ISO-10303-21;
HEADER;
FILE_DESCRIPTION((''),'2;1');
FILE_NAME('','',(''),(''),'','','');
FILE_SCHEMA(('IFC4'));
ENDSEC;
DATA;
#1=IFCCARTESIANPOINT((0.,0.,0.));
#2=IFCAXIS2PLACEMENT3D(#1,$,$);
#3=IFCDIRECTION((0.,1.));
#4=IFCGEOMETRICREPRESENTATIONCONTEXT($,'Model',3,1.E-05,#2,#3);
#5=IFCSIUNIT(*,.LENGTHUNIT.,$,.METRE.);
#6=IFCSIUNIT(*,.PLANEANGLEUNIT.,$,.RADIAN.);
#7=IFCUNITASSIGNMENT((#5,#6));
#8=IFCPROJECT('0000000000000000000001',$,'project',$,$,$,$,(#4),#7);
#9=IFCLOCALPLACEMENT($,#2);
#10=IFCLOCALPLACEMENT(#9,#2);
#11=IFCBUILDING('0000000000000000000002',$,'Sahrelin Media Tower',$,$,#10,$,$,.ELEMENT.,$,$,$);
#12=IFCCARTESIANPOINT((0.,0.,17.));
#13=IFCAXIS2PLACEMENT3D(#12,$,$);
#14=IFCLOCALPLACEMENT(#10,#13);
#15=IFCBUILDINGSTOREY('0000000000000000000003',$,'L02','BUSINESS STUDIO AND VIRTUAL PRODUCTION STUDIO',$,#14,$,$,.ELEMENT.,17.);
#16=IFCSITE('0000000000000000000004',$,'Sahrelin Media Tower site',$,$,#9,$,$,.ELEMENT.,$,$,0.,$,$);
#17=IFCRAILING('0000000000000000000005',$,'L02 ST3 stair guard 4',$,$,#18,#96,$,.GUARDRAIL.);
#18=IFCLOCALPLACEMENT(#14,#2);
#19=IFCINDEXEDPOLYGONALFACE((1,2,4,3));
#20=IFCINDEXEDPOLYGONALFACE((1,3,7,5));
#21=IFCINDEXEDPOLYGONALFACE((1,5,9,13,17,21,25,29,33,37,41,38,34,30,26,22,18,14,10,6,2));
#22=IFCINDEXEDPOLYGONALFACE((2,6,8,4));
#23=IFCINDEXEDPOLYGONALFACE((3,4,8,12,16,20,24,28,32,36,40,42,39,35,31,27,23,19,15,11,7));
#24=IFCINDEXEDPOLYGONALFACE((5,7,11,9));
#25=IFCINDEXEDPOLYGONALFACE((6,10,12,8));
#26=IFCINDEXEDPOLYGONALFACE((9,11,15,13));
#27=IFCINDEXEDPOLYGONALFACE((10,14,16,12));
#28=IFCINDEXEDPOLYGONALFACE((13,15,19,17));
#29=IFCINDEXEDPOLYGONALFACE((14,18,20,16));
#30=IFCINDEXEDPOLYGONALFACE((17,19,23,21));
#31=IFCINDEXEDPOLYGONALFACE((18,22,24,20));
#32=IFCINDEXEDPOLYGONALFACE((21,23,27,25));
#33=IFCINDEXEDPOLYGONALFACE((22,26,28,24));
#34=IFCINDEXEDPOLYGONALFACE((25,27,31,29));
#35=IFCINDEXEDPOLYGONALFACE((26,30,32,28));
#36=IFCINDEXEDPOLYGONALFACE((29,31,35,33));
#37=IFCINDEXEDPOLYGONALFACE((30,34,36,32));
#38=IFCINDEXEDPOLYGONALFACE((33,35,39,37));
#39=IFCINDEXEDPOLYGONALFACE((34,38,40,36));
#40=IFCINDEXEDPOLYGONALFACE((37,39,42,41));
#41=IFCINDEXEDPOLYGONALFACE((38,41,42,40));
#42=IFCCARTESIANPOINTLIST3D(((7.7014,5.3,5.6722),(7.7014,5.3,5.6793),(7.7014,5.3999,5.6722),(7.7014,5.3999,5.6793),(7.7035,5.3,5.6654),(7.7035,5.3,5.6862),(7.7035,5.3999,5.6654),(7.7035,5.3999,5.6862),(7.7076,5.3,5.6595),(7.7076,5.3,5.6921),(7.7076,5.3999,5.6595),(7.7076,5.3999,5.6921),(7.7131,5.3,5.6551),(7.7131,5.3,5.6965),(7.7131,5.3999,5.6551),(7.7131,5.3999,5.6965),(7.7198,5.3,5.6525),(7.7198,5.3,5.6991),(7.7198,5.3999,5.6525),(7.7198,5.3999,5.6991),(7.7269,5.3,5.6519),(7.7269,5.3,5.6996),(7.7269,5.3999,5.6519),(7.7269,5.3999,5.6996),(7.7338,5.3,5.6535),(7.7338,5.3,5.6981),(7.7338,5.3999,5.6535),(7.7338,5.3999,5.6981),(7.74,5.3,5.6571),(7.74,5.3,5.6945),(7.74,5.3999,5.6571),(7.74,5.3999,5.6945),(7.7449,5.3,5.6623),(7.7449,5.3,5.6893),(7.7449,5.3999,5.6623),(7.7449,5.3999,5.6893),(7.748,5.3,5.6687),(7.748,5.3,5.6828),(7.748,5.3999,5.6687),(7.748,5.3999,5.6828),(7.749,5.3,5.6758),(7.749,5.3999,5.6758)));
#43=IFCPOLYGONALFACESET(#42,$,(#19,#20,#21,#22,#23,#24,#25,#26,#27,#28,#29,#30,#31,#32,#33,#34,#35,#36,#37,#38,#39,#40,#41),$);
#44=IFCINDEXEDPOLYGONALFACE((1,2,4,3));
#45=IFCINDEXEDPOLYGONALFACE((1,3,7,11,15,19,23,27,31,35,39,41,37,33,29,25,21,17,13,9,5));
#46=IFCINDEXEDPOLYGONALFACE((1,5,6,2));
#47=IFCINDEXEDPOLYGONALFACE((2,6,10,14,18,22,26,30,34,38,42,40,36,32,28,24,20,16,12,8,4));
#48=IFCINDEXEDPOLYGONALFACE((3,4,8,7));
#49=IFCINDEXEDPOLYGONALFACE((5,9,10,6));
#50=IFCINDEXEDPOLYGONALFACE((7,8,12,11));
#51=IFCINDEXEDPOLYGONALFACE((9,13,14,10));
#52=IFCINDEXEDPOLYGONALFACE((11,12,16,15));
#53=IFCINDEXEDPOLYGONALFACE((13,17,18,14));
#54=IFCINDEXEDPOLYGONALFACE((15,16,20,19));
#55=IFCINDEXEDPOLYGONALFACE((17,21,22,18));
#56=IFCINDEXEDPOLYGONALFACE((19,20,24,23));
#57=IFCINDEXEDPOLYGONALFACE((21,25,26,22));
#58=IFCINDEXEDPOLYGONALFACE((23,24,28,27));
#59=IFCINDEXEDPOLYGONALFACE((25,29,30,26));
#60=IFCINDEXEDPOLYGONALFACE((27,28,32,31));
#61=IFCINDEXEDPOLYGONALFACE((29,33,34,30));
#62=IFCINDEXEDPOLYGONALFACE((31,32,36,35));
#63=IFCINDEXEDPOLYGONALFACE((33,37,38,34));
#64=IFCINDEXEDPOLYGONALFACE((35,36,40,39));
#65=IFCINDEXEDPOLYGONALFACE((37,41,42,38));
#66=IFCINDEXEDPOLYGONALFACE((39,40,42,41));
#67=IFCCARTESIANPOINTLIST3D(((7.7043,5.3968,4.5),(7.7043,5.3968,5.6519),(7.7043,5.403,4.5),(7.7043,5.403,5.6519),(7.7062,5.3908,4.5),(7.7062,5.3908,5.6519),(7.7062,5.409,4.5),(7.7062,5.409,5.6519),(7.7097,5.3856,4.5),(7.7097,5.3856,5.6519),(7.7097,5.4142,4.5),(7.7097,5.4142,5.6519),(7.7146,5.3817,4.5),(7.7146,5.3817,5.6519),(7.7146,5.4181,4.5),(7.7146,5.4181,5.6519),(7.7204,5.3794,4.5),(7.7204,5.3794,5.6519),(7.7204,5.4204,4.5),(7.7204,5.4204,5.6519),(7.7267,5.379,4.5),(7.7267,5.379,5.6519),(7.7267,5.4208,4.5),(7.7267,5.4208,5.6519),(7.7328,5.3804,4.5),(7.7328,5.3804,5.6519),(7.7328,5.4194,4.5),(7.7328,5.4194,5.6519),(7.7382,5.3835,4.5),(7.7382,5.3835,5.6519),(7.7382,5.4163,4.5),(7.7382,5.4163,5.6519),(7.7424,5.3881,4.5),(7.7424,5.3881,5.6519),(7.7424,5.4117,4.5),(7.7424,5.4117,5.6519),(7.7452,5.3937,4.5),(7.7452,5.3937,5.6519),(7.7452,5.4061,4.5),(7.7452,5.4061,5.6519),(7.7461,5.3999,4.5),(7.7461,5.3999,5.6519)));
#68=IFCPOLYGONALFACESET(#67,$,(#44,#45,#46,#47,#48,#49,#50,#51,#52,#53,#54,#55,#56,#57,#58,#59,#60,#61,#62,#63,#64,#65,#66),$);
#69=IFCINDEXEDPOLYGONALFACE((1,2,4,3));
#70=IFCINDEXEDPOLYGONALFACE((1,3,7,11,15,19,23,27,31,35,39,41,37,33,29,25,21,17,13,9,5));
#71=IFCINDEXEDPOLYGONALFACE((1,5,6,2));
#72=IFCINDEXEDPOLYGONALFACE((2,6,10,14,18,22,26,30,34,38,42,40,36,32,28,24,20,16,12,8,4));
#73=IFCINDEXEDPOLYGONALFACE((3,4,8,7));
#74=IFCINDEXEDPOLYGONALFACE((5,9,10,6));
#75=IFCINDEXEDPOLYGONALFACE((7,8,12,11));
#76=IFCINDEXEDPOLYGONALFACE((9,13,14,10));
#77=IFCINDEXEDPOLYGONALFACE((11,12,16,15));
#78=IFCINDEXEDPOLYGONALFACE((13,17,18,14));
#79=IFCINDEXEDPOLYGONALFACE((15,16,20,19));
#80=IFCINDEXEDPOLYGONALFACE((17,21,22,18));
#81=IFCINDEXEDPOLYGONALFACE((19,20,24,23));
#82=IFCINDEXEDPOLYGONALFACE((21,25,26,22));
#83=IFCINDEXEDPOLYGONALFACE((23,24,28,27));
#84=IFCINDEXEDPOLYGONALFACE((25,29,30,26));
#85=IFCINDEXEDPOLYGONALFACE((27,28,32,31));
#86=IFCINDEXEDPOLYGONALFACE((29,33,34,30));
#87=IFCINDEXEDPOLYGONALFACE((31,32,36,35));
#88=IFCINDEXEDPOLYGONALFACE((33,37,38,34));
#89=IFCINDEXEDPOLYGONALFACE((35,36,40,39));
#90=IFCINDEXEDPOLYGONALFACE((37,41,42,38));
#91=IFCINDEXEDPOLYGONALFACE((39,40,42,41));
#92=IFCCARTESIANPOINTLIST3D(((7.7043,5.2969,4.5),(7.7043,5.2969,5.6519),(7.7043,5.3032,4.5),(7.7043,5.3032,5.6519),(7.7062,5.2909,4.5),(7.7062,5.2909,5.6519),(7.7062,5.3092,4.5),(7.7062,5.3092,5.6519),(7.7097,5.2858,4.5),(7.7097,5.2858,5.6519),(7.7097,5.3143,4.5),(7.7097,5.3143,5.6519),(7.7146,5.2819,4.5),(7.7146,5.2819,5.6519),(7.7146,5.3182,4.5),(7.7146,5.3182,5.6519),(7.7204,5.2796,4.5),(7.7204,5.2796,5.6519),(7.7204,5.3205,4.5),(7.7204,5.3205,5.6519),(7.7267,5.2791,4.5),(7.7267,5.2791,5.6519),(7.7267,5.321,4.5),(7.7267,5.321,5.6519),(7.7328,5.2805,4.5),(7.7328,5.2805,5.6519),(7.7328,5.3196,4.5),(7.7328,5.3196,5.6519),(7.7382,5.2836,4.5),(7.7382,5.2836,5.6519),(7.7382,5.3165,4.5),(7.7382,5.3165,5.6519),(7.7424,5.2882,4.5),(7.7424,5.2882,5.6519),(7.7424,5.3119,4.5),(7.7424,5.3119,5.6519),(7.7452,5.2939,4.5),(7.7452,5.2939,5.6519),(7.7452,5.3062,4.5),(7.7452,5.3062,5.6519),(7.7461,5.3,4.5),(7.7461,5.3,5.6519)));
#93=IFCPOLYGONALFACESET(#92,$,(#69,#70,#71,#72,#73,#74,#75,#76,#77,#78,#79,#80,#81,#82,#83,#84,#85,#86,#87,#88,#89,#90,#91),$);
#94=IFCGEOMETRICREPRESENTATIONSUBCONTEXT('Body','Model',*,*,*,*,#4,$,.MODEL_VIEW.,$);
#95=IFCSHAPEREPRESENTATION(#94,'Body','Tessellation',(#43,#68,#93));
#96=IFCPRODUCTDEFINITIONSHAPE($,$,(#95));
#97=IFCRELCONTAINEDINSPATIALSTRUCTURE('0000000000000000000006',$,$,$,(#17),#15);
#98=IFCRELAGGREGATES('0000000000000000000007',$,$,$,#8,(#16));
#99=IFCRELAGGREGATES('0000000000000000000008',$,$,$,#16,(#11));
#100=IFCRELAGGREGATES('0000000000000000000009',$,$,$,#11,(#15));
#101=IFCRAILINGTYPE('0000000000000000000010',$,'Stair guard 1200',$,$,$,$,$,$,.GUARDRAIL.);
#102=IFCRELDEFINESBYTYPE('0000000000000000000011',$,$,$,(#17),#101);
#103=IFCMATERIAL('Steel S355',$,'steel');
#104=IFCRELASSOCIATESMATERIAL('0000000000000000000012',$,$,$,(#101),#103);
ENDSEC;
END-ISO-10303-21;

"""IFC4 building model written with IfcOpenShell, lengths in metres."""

from ifc_helpers import new_model, si_unit, direction, frame, origin, origin_2d, place, context, subcontext, project, spatial, circle, extrude, material, type_object, element, save


model = new_model("IFC4")

# Units and contexts
model_context = context("Model", 3, precision=1e-05, world=origin(), true_north=direction((0.0, 1.0)))
body_context = subcontext(model_context, "Body", "Model", "MODEL_VIEW")
ifc_project = project(units=[si_unit("LENGTHUNIT", "METRE"), si_unit("PLANEANGLEUNIT", "RADIAN")], contexts=[model_context])

# Site, building, storey
site_placement = place(None, origin())
site = spatial("IfcSite", under=ifc_project, at=site_placement, Name="Sahrelin Media Tower site", CompositionType="ELEMENT", RefElevation=0.0)
building_placement = place(site_placement, origin())
building = spatial("IfcBuilding", under=site, at=building_placement, Name="Sahrelin Media Tower", CompositionType="ELEMENT")
storey_placement = place(building_placement, frame((0.0, 0.0, 17.0)))
storey = spatial("IfcBuildingStorey", under=building, at=storey_placement, Name="L02", Description="BUSINESS STUDIO AND VIRTUAL PRODUCTION STUDIO", CompositionType="ELEMENT", Elevation=17.0)

# Shared definitions
ifc_material_1 = material(Name="Steel S355", Category="steel")

# Railing
railing_type_1 = type_object("IfcRailingType", Name="Stair guard 1200", PredefinedType="GUARDRAIL", material=ifc_material_1)
railing_1_placement = place(storey_placement, frame((7.7251, 5.3999, 4.5)))
element("IfcRailing", 1, at=railing_1_placement, inside=storey, type_object=railing_type_1, Name="L02 ST3 stair guard 4", PredefinedType="GUARDRAIL", context=body_context, shape_type="SweptSolid", body=[
    extrude(circle(Radius=0.0239, at=origin_2d()), frame((0.0, 0.0, 1.1758), z_axis=(0.0, -1.0, 0.0), x_axis=(1.0, 0.0, 0.0)), (0.0, 0.0, 1.0), 0.0999),
    extrude(circle(Radius=0.021, at=origin_2d()), origin(), (0.0, 0.0, 1.0), 1.1519),
    extrude(circle(Radius=0.021, at=origin_2d()), frame((0.0, -0.0999, 0.0)), (0.0, 0.0, 1.0), 1.1519),
])

save(model, "model.ifc")
